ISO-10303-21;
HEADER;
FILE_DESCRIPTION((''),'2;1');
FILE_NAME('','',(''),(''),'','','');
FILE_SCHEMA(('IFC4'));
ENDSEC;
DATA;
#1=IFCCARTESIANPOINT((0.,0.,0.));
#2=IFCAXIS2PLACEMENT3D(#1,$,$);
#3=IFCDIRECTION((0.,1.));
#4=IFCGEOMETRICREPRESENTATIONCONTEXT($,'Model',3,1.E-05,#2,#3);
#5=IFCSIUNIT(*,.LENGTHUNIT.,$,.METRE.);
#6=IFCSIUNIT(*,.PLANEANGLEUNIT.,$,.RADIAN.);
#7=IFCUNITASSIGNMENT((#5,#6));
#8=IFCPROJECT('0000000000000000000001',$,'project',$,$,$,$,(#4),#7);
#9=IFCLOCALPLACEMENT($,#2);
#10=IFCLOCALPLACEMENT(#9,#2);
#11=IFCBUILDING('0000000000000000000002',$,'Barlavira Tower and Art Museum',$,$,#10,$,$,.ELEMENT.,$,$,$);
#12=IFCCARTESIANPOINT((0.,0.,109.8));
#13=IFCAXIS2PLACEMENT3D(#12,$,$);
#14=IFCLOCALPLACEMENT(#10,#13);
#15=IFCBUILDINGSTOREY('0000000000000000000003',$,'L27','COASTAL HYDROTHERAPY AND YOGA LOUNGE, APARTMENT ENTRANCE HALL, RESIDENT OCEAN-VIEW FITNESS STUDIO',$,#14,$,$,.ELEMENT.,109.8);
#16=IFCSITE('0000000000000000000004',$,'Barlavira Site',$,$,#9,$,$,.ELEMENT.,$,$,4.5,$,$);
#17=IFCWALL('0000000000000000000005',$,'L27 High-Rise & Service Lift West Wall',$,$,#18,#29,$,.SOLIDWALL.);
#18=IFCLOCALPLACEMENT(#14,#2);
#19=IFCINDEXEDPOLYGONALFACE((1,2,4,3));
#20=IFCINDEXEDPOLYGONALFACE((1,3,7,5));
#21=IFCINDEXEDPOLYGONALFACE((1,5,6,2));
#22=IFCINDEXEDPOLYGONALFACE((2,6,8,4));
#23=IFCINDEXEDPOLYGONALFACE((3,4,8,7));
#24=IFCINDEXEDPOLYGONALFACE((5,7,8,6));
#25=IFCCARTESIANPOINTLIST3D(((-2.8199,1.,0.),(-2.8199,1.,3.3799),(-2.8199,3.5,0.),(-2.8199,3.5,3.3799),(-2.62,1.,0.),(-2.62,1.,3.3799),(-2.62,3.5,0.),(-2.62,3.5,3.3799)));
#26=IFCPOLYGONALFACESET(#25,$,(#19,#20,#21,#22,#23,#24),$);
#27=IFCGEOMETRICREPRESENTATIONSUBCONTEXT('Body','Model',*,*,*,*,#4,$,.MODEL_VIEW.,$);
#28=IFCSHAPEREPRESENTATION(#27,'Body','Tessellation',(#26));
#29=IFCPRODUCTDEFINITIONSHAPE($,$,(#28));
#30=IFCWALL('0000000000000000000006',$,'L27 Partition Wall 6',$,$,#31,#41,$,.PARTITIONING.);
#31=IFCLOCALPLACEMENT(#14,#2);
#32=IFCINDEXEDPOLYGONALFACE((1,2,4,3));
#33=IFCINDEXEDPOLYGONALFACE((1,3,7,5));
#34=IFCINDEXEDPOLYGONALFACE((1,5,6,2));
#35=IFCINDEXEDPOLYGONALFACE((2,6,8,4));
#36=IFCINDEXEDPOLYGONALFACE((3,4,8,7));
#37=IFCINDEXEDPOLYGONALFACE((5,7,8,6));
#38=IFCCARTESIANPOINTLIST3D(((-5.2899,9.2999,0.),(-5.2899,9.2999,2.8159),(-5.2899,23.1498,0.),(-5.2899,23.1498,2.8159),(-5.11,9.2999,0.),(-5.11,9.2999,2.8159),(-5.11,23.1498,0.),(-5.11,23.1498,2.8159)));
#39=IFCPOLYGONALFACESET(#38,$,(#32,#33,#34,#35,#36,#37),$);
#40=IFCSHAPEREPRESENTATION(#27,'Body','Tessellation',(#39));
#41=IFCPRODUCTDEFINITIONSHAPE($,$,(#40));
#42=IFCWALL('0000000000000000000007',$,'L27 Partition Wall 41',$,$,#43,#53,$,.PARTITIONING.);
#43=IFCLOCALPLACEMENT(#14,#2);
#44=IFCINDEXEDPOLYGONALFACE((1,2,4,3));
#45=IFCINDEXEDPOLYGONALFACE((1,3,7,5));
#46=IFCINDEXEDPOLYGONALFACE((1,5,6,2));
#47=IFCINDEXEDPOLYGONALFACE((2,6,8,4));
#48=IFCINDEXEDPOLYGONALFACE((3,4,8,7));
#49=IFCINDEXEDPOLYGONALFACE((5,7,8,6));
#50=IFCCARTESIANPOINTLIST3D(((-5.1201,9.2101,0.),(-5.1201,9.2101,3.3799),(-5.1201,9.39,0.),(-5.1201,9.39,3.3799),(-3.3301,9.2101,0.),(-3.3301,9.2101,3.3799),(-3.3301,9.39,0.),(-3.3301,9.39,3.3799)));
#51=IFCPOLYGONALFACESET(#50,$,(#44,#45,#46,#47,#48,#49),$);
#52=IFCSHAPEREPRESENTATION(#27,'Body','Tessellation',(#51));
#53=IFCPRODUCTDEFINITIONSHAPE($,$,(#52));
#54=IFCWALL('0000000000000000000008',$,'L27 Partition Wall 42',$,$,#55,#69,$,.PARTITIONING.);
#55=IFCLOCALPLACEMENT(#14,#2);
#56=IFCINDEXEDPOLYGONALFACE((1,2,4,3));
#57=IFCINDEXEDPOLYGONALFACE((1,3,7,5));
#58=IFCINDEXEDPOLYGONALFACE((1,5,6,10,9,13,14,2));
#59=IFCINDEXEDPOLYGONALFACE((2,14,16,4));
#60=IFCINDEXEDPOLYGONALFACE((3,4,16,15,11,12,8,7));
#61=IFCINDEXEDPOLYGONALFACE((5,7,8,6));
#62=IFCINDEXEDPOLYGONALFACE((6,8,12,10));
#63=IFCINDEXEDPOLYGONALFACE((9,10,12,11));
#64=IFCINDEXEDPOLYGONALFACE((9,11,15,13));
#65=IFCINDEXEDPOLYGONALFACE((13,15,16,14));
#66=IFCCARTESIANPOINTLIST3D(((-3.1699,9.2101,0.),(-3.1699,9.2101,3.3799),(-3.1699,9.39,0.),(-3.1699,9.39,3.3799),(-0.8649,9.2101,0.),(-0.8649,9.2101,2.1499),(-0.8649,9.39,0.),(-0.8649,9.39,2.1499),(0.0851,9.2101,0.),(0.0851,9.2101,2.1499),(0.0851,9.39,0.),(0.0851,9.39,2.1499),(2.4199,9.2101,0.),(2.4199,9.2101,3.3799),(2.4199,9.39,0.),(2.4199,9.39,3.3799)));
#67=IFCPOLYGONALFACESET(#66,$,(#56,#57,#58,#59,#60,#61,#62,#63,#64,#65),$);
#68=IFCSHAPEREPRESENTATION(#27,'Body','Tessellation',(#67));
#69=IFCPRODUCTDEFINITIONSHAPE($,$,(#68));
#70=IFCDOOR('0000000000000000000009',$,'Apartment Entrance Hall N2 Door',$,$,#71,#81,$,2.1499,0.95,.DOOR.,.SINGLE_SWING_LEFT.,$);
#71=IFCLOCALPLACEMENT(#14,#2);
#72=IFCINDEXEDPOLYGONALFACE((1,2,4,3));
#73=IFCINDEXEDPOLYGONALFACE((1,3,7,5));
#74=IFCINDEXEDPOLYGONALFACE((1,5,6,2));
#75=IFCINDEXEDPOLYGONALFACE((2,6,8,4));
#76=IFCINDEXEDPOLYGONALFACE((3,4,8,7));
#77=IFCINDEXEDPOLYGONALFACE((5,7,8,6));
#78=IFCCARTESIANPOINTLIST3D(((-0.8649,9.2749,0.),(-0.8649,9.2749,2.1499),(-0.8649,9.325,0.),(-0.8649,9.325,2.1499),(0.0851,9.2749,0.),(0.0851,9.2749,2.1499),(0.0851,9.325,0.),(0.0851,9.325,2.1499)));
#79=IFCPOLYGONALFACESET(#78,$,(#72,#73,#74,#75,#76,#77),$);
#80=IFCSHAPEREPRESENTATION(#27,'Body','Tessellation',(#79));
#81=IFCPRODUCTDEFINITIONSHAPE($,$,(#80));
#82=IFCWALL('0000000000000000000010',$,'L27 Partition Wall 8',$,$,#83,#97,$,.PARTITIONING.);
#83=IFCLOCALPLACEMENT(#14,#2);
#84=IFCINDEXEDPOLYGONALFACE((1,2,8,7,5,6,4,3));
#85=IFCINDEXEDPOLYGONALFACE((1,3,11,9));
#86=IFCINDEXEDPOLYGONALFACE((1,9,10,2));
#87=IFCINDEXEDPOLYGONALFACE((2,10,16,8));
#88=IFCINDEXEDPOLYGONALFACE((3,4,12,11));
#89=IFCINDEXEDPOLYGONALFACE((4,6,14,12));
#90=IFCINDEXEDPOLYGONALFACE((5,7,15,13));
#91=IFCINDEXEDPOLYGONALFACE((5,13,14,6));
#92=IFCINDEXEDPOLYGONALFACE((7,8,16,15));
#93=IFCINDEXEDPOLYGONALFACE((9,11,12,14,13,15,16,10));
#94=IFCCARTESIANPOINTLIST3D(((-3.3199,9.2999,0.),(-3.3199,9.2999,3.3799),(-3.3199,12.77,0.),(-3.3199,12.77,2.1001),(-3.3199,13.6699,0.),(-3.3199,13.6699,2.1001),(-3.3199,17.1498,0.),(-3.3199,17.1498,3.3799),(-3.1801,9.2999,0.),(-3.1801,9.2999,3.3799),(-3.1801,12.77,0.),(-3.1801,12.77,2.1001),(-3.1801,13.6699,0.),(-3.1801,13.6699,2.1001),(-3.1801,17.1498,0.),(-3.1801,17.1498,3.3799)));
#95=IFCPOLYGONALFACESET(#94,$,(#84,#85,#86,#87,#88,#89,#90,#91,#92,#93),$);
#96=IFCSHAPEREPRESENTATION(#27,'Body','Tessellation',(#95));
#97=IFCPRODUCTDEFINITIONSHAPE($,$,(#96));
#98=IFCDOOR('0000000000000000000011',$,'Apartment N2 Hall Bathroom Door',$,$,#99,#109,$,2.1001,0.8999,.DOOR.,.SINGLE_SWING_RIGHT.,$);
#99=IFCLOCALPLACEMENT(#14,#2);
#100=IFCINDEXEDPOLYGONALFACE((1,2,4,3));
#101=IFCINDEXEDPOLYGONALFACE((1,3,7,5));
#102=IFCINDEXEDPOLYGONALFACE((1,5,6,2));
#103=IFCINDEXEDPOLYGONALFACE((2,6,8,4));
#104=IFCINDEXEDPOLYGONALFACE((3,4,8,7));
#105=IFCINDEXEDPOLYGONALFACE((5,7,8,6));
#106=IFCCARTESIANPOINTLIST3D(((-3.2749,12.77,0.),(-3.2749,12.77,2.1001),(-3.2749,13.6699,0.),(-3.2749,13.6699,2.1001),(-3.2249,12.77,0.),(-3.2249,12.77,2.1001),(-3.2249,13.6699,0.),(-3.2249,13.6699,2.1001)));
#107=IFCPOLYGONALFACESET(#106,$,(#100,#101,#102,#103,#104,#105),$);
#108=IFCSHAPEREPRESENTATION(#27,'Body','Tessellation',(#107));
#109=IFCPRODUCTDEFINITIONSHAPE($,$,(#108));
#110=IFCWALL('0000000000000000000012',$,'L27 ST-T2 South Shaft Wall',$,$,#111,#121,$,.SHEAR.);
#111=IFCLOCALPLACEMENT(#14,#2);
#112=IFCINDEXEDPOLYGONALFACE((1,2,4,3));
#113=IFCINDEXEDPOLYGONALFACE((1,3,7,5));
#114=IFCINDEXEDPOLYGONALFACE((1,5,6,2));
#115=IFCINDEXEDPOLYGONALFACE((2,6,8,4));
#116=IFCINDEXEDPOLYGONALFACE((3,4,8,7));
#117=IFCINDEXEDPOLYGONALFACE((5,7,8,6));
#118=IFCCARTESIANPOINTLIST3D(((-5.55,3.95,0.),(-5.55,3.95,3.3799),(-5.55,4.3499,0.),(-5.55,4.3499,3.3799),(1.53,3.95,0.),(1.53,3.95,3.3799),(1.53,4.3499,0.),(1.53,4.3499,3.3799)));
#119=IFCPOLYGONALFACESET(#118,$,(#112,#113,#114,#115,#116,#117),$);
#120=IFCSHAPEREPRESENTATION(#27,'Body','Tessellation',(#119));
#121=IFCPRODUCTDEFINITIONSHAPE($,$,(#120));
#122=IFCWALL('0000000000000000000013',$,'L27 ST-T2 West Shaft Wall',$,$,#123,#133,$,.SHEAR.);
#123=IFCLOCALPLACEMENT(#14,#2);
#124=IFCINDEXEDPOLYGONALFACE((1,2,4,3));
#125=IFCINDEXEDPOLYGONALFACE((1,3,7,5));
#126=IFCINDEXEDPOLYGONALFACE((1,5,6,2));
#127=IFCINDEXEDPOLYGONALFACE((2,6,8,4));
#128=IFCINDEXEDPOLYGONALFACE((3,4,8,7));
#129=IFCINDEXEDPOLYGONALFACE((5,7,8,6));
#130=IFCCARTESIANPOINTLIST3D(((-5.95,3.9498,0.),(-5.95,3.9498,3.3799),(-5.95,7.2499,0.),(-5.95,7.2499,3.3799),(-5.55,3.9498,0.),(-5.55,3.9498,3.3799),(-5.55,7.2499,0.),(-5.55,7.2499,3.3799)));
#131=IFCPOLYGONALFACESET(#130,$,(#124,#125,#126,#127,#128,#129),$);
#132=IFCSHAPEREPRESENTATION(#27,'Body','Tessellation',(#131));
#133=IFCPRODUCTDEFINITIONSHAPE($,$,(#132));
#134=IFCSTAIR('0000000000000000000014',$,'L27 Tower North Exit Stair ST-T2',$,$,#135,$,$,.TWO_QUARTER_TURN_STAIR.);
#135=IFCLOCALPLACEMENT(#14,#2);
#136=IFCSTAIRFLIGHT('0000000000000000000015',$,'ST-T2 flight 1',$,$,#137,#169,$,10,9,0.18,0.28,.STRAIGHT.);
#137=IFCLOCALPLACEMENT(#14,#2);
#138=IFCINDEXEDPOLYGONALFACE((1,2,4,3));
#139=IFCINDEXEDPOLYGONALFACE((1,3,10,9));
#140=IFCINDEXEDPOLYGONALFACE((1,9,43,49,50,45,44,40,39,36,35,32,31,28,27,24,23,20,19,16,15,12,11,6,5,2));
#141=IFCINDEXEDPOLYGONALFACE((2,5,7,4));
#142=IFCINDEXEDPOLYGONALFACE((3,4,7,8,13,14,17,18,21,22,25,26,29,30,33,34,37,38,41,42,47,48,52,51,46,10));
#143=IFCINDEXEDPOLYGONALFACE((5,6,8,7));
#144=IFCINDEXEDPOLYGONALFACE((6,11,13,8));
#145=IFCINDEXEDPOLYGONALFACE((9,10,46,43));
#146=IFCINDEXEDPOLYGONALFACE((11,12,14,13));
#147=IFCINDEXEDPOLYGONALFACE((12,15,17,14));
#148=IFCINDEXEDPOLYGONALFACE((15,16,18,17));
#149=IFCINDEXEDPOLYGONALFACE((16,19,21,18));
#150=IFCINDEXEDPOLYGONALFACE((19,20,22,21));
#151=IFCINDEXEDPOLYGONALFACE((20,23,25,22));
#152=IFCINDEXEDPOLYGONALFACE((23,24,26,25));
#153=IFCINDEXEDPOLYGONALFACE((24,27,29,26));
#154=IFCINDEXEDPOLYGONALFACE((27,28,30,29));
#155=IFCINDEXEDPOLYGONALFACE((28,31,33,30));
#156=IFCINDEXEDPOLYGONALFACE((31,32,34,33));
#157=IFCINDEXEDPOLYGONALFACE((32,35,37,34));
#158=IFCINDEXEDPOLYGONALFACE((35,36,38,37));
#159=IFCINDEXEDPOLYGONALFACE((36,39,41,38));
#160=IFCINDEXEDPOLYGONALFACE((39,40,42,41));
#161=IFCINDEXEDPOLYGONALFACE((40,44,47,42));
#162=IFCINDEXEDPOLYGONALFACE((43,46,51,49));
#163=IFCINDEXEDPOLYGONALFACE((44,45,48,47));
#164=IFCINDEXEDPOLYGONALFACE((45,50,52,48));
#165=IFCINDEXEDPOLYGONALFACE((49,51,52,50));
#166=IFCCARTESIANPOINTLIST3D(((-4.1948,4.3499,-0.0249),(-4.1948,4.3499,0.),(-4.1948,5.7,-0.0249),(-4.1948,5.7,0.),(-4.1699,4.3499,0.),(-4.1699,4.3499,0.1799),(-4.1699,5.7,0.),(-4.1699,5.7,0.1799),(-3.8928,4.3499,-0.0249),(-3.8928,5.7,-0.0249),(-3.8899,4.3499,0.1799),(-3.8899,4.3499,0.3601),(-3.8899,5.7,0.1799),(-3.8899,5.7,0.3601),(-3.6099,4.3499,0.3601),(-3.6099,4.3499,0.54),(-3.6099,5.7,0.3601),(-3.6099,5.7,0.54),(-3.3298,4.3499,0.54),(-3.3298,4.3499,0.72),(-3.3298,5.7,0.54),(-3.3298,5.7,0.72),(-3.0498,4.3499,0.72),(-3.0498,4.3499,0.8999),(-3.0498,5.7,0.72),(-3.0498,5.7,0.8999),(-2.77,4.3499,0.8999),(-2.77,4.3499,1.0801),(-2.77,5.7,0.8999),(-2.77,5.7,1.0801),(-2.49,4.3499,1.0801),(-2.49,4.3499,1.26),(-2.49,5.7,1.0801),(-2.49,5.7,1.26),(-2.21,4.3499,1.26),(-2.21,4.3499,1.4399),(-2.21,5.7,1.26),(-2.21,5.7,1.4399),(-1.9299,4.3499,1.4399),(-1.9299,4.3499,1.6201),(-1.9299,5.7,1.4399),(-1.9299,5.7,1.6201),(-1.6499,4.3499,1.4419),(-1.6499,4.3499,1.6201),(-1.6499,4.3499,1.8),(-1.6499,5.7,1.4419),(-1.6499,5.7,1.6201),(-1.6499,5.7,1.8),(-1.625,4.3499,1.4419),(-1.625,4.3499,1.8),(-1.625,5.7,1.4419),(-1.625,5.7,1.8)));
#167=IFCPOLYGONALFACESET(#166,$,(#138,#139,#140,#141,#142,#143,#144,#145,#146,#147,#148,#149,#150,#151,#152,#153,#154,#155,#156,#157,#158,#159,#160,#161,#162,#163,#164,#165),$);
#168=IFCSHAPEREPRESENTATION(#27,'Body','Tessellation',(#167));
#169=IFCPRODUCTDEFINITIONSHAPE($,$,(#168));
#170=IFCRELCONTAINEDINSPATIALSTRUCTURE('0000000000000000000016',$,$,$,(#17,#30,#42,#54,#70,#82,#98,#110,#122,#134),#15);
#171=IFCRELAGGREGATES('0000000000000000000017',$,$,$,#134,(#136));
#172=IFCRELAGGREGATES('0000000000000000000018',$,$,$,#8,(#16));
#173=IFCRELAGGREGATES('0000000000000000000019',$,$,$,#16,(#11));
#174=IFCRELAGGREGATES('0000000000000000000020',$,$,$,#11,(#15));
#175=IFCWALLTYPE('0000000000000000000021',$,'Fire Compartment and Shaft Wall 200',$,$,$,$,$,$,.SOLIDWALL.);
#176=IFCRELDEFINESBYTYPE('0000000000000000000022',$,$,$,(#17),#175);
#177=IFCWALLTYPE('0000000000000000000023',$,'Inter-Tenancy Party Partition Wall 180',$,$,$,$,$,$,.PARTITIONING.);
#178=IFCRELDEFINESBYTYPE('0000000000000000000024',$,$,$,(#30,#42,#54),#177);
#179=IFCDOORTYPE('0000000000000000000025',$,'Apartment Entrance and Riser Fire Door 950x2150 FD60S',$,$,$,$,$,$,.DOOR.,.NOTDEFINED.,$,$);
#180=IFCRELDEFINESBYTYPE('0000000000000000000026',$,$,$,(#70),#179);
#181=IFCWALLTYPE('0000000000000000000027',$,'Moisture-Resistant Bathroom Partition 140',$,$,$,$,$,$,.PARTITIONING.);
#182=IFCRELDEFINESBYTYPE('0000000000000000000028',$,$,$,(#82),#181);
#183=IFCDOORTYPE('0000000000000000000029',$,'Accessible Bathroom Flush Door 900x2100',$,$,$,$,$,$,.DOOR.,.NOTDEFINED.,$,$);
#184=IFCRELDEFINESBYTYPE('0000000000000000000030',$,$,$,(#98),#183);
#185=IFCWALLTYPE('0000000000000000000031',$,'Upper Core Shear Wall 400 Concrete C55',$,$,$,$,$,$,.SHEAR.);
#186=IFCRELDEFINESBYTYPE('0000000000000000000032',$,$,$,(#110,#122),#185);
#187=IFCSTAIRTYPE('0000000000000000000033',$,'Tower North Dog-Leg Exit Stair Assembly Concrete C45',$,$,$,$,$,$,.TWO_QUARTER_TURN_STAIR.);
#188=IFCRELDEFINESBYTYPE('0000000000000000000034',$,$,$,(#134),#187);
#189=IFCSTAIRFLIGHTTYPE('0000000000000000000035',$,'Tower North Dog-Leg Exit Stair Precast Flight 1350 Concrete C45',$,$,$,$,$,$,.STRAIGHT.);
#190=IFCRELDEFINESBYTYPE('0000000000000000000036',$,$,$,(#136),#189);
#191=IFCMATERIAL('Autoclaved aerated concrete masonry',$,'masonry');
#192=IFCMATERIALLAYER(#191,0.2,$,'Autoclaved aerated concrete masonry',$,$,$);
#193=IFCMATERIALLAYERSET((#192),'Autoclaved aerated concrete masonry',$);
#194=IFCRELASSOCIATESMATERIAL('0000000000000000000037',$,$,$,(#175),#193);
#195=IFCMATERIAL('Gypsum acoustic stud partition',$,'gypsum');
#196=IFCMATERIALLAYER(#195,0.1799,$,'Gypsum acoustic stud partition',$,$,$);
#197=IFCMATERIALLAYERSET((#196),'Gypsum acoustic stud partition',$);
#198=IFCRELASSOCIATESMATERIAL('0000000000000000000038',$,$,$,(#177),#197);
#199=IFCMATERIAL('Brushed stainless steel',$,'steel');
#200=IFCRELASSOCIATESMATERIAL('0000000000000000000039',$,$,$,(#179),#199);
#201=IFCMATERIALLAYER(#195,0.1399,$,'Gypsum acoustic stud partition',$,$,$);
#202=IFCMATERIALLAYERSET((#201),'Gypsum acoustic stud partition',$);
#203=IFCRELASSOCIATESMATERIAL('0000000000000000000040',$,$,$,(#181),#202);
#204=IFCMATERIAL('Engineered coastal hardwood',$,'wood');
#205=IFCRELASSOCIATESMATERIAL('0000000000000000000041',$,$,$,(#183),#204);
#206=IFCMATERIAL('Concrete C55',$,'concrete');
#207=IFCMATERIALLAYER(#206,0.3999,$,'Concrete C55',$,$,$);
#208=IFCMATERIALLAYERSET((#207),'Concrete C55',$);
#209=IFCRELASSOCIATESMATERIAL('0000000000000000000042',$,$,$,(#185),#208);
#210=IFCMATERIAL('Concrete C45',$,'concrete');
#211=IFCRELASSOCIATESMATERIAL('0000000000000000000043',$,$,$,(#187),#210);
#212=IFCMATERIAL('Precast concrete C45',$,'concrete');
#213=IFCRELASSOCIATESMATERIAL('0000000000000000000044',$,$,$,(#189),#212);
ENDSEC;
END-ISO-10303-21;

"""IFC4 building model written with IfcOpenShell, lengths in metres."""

from ifc_helpers import new_model, si_unit, direction, frame, frame_2d, origin, place, context, subcontext, project, spatial, polyline, rectangle, outline, extrude, material, layer, layer_set, type_object, element, fill, aggregate, save


model = new_model("IFC4")

# Units and contexts
model_context = context("Model", 3, precision=1e-05, world=origin(), true_north=direction((0.0, 1.0)))
body_context = subcontext(model_context, "Body", "Model", "MODEL_VIEW")
ifc_project = project(units=[si_unit("LENGTHUNIT", "METRE"), si_unit("PLANEANGLEUNIT", "RADIAN")], contexts=[model_context])

# Site, building, storey
site_placement = place(None, origin())
site = spatial("IfcSite", under=ifc_project, at=site_placement, Name="Barlavira Site", CompositionType="ELEMENT", RefElevation=4.5)
building_placement = place(site_placement, origin())
building = spatial("IfcBuilding", under=site, at=building_placement, Name="Barlavira Tower and Art Museum", CompositionType="ELEMENT")
storey_placement = place(building_placement, frame((0.0, 0.0, 109.8)))
storey = spatial("IfcBuildingStorey", under=building, at=storey_placement, Name="L27", Description="COASTAL HYDROTHERAPY AND YOGA LOUNGE, APARTMENT ENTRANCE HALL, RESIDENT OCEAN-VIEW FITNESS STUDIO", CompositionType="ELEMENT", Elevation=109.8)

# Shared definitions
ifc_material_1 = material(Name="Gypsum acoustic stud partition", Category="gypsum")
ifc_material_2 = material(Name="Engineered coastal hardwood", Category="wood")
ifc_material_3 = material(Name="Brushed stainless steel", Category="steel")

# Shared definitions
ifc_material_4 = material(Name="Autoclaved aerated concrete masonry", Category="masonry")
ifc_layer_1 = layer(ifc_material_4, 0.2, Name="Autoclaved aerated concrete masonry")
ifc_layer_set_1 = layer_set([ifc_layer_1], Name="Autoclaved aerated concrete masonry")
wall_type_1 = type_object("IfcWallType", Name="Fire Compartment and Shaft Wall 200", PredefinedType="SOLIDWALL", material=ifc_layer_set_1)

# Walls
wall_1_placement = place(storey_placement, frame((-2.72, 1.0, 0.0), z_axis=(0.0, 0.0, 1.0), x_axis=(0.0, 1.0, 0.0)))
element("IfcWall", 1, at=wall_1_placement, inside=storey, type_object=wall_type_1, Name="L27 High-Rise & Service Lift West Wall", PredefinedType="SOLIDWALL", context=body_context, shape_type="SweptSolid", body=[
    extrude(rectangle(XDim=2.5, YDim=0.2, at=frame_2d((1.25, 0.0))), origin(), (0.0, 0.0, 1.0), 3.3799),
])
ifc_layer_2 = layer(ifc_material_1, 0.1799, Name="Gypsum acoustic stud partition")
ifc_layer_set_2 = layer_set([ifc_layer_2], Name="Gypsum acoustic stud partition")
wall_type_2 = type_object("IfcWallType", Name="Inter-Tenancy Party Partition Wall 180", PredefinedType="PARTITIONING", material=ifc_layer_set_2)
wall_2_placement = place(storey_placement, frame((-5.2, 9.3, 0.0), z_axis=(0.0, 0.0, 1.0), x_axis=(0.0, 1.0, 0.0)))
element("IfcWall", 2, at=wall_2_placement, inside=storey, type_object=wall_type_2, Name="L27 Partition Wall 6", PredefinedType="PARTITIONING", context=body_context, shape_type="SweptSolid", body=[
    extrude(rectangle(XDim=13.8499, YDim=0.1799, at=frame_2d((6.9248, 0.0))), origin(), (0.0, 0.0, 1.0), 2.8159),
])

# Shared definitions
door_type_1 = type_object("IfcDoorType", Name="Apartment Entrance and Riser Fire Door 950x2150 FD60S", OperationType="NOTDEFINED", PredefinedType="DOOR", material=ifc_material_3)

# Wall
wall_3_placement = place(storey_placement, frame((-5.1201, 9.3, 0.0), z_axis=(0.0, 0.0, 1.0), x_axis=(1.0, 0.0, 0.0)))
element("IfcWall", 3, at=wall_3_placement, inside=storey, type_object=wall_type_2, Name="L27 Partition Wall 41", PredefinedType="PARTITIONING", context=body_context, shape_type="SweptSolid", body=[
    extrude(rectangle(XDim=1.79, YDim=0.1799, at=frame_2d((0.895, 0.0))), origin(), (0.0, 0.0, 1.0), 3.3799),
])

# Walls, openings, doors
wall_4_placement = place(storey_placement, frame((-3.1699, 9.3, 0.0), z_axis=(0.0, 0.0, 1.0), x_axis=(1.0, 0.0, 0.0)))
wall_4 = element("IfcWall", 4, at=wall_4_placement, inside=storey, type_object=wall_type_2, Name="L27 Partition Wall 42", PredefinedType="PARTITIONING", context=body_context, shape_type="SweptSolid", body=[
    extrude(rectangle(XDim=5.5898, YDim=0.1799, at=frame_2d((2.7949, 0.0))), origin(), (0.0, 0.0, 1.0), 3.3799),
])
opening_1_placement = place(wall_4_placement, frame((2.3049, 0.0, 0.0)))
opening_1 = element("IfcOpeningElement", 5, at=opening_1_placement, cuts=wall_4, PredefinedType="OPENING", context=body_context, shape_type="SweptSolid", body=[
    extrude(rectangle(XDim=0.95, YDim=2.1499, at=frame_2d((0.4751, 1.075))), frame((0.0, 0.1001, 0.0), z_axis=(0.0, -1.0, 0.0), x_axis=(1.0, 0.0, 0.0)), (0.0, 0.0, 1.0), 0.2),
])
door_1_placement = place(opening_1_placement, origin())
door_1 = element("IfcDoor", 6, at=door_1_placement, inside=storey, type_object=door_type_1, Name="Apartment Entrance Hall N2 Door", OperationType="SINGLE_SWING_LEFT", OverallHeight=2.1499, OverallWidth=0.95, PredefinedType="DOOR", context=body_context, shape_type="SweptSolid", body=[
    extrude(rectangle(XDim=0.95, YDim=2.1499, at=frame_2d((0.4751, 1.075))), frame((0.0, 0.0249, 0.0), z_axis=(0.0, -1.0, 0.0), x_axis=(1.0, 0.0, 0.0)), (0.0, 0.0, 1.0), 0.05),
])
fill(opening_1, door_1)
ifc_layer_3 = layer(ifc_material_1, 0.1399, Name="Gypsum acoustic stud partition")
ifc_layer_set_3 = layer_set([ifc_layer_3], Name="Gypsum acoustic stud partition")
wall_type_3 = type_object("IfcWallType", Name="Moisture-Resistant Bathroom Partition 140", PredefinedType="PARTITIONING", material=ifc_layer_set_3)
wall_5_placement = place(storey_placement, frame((-3.25, 9.3, 0.0), z_axis=(0.0, 0.0, 1.0), x_axis=(0.0, 1.0, 0.0)))
wall_5 = element("IfcWall", 7, at=wall_5_placement, inside=storey, type_object=wall_type_3, Name="L27 Partition Wall 8", PredefinedType="PARTITIONING", context=body_context, shape_type="SweptSolid", body=[
    extrude(rectangle(XDim=7.8499, YDim=0.1399, at=frame_2d((3.9248, 0.0))), origin(), (0.0, 0.0, 1.0), 3.3799),
])
opening_2_placement = place(wall_5_placement, frame((3.47, 0.0, 0.0)))
opening_2 = element("IfcOpeningElement", 8, at=opening_2_placement, cuts=wall_5, PredefinedType="OPENING", context=body_context, shape_type="SweptSolid", body=[
    extrude(rectangle(XDim=0.8999, YDim=2.1001, at=frame_2d((0.45, 1.05))), frame((0.0, 0.0801, 0.0), z_axis=(0.0, -1.0, 0.0), x_axis=(1.0, 0.0, 0.0)), (0.0, 0.0, 1.0), 0.1599),
])
door_type_2 = type_object("IfcDoorType", Name="Accessible Bathroom Flush Door 900x2100", OperationType="NOTDEFINED", PredefinedType="DOOR", material=ifc_material_2)
door_2_placement = place(opening_2_placement, origin())
door_2 = element("IfcDoor", 9, at=door_2_placement, inside=storey, type_object=door_type_2, Name="Apartment N2 Hall Bathroom Door", OperationType="SINGLE_SWING_RIGHT", OverallHeight=2.1001, OverallWidth=0.8999, PredefinedType="DOOR", context=body_context, shape_type="SweptSolid", body=[
    extrude(rectangle(XDim=0.8999, YDim=2.1001, at=frame_2d((0.45, 1.05))), frame((0.0, 0.0249, 0.0), z_axis=(0.0, -1.0, 0.0), x_axis=(1.0, 0.0, 0.0)), (0.0, 0.0, 1.0), 0.05),
])
fill(opening_2, door_2)

# Walls
ifc_material_5 = material(Name="Concrete C55", Category="concrete")
ifc_layer_4 = layer(ifc_material_5, 0.3999, Name="Concrete C55")
ifc_layer_set_4 = layer_set([ifc_layer_4], Name="Concrete C55")
wall_type_4 = type_object("IfcWallType", Name="Upper Core Shear Wall 400 Concrete C55", PredefinedType="SHEAR", material=ifc_layer_set_4)
wall_6_placement = place(storey_placement, frame((-5.55, 4.1499, 0.0), z_axis=(0.0, 0.0, 1.0), x_axis=(1.0, 0.0, 0.0)))
element("IfcWall", 10, at=wall_6_placement, inside=storey, type_object=wall_type_4, Name="L27 ST-T2 South Shaft Wall", PredefinedType="SHEAR", context=body_context, shape_type="SweptSolid", body=[
    extrude(rectangle(XDim=7.0801, YDim=0.3999, at=frame_2d((3.54, 0.0))), origin(), (0.0, 0.0, 1.0), 3.3799),
])
wall_7_placement = place(storey_placement, frame((-5.75, 3.95, 0.0), z_axis=(0.0, 0.0, 1.0), x_axis=(0.0, 1.0, 0.0)))
element("IfcWall", 11, at=wall_7_placement, inside=storey, type_object=wall_type_4, Name="L27 ST-T2 West Shaft Wall", PredefinedType="SHEAR", context=body_context, shape_type="SweptSolid", body=[
    extrude(rectangle(XDim=3.3, YDim=0.3999, at=frame_2d((1.6499, 0.0))), origin(), (0.0, 0.0, 1.0), 3.3799),
])

# Stair, stair flight
ifc_material_6 = material(Name="Concrete C45", Category="concrete")
stair_type = type_object("IfcStairType", Name="Tower North Dog-Leg Exit Stair Assembly Concrete C45", PredefinedType="TWO_QUARTER_TURN_STAIR", material=ifc_material_6)
stair_placement = place(storey_placement, origin())
stair = element("IfcStair", 12, at=stair_placement, inside=storey, type_object=stair_type, Name="L27 Tower North Exit Stair ST-T2", PredefinedType="TWO_QUARTER_TURN_STAIR")
ifc_material_7 = material(Name="Precast concrete C45", Category="concrete")
stair_flight_type = type_object("IfcStairFlightType", Name="Tower North Dog-Leg Exit Stair Precast Flight 1350 Concrete C45", PredefinedType="STRAIGHT", material=ifc_material_7)
stair_flight_1_placement = place(storey_placement, frame((-4.1699, 5.0249, 0.0), z_axis=(0.0, 0.0, 1.0), x_axis=(1.0, 0.0, 0.0)))
stair_flight_1 = element("IfcStairFlight", 13, at=stair_flight_1_placement, type_object=stair_flight_type, Name="ST-T2 flight 1", NumberOfRisers=10, NumberOfTreads=9, PredefinedType="STRAIGHT", RiserHeight=0.18, TreadLength=0.28, context=body_context, shape_type="SweptSolid", body=[
    extrude(outline(polyline([(-0.0249, 0.0), (0.0, 0.0), (0.0, 0.1799), (0.28, 0.1799), (0.28, 0.3601), (0.5601, 0.3601), (0.5601, 0.54), (0.8401, 0.54), (0.8401, 0.72), (1.1201, 0.72), (1.1201, 0.8999), (1.3999, 0.8999), (1.3999, 1.0801), (1.6799, 1.0801), (1.6799, 1.26), (1.96, 1.26), (1.96, 1.4399), (2.24, 1.4399), (2.24, 1.6201), (2.52, 1.6201), (2.52, 1.8), (2.5449, 1.8), (2.5449, 1.4419), (2.52, 1.4419), (0.2771, -0.0249), (-0.0249, -0.0249), (-0.0249, 0.0)])), frame((0.0, 0.675, 0.0), z_axis=(0.0, -1.0, 0.0), x_axis=(1.0, 0.0, 0.0)), (0.0, 0.0, 1.0), 1.3501),
])
aggregate(stair, [stair_flight_1])

save(model, "model.ifc")
